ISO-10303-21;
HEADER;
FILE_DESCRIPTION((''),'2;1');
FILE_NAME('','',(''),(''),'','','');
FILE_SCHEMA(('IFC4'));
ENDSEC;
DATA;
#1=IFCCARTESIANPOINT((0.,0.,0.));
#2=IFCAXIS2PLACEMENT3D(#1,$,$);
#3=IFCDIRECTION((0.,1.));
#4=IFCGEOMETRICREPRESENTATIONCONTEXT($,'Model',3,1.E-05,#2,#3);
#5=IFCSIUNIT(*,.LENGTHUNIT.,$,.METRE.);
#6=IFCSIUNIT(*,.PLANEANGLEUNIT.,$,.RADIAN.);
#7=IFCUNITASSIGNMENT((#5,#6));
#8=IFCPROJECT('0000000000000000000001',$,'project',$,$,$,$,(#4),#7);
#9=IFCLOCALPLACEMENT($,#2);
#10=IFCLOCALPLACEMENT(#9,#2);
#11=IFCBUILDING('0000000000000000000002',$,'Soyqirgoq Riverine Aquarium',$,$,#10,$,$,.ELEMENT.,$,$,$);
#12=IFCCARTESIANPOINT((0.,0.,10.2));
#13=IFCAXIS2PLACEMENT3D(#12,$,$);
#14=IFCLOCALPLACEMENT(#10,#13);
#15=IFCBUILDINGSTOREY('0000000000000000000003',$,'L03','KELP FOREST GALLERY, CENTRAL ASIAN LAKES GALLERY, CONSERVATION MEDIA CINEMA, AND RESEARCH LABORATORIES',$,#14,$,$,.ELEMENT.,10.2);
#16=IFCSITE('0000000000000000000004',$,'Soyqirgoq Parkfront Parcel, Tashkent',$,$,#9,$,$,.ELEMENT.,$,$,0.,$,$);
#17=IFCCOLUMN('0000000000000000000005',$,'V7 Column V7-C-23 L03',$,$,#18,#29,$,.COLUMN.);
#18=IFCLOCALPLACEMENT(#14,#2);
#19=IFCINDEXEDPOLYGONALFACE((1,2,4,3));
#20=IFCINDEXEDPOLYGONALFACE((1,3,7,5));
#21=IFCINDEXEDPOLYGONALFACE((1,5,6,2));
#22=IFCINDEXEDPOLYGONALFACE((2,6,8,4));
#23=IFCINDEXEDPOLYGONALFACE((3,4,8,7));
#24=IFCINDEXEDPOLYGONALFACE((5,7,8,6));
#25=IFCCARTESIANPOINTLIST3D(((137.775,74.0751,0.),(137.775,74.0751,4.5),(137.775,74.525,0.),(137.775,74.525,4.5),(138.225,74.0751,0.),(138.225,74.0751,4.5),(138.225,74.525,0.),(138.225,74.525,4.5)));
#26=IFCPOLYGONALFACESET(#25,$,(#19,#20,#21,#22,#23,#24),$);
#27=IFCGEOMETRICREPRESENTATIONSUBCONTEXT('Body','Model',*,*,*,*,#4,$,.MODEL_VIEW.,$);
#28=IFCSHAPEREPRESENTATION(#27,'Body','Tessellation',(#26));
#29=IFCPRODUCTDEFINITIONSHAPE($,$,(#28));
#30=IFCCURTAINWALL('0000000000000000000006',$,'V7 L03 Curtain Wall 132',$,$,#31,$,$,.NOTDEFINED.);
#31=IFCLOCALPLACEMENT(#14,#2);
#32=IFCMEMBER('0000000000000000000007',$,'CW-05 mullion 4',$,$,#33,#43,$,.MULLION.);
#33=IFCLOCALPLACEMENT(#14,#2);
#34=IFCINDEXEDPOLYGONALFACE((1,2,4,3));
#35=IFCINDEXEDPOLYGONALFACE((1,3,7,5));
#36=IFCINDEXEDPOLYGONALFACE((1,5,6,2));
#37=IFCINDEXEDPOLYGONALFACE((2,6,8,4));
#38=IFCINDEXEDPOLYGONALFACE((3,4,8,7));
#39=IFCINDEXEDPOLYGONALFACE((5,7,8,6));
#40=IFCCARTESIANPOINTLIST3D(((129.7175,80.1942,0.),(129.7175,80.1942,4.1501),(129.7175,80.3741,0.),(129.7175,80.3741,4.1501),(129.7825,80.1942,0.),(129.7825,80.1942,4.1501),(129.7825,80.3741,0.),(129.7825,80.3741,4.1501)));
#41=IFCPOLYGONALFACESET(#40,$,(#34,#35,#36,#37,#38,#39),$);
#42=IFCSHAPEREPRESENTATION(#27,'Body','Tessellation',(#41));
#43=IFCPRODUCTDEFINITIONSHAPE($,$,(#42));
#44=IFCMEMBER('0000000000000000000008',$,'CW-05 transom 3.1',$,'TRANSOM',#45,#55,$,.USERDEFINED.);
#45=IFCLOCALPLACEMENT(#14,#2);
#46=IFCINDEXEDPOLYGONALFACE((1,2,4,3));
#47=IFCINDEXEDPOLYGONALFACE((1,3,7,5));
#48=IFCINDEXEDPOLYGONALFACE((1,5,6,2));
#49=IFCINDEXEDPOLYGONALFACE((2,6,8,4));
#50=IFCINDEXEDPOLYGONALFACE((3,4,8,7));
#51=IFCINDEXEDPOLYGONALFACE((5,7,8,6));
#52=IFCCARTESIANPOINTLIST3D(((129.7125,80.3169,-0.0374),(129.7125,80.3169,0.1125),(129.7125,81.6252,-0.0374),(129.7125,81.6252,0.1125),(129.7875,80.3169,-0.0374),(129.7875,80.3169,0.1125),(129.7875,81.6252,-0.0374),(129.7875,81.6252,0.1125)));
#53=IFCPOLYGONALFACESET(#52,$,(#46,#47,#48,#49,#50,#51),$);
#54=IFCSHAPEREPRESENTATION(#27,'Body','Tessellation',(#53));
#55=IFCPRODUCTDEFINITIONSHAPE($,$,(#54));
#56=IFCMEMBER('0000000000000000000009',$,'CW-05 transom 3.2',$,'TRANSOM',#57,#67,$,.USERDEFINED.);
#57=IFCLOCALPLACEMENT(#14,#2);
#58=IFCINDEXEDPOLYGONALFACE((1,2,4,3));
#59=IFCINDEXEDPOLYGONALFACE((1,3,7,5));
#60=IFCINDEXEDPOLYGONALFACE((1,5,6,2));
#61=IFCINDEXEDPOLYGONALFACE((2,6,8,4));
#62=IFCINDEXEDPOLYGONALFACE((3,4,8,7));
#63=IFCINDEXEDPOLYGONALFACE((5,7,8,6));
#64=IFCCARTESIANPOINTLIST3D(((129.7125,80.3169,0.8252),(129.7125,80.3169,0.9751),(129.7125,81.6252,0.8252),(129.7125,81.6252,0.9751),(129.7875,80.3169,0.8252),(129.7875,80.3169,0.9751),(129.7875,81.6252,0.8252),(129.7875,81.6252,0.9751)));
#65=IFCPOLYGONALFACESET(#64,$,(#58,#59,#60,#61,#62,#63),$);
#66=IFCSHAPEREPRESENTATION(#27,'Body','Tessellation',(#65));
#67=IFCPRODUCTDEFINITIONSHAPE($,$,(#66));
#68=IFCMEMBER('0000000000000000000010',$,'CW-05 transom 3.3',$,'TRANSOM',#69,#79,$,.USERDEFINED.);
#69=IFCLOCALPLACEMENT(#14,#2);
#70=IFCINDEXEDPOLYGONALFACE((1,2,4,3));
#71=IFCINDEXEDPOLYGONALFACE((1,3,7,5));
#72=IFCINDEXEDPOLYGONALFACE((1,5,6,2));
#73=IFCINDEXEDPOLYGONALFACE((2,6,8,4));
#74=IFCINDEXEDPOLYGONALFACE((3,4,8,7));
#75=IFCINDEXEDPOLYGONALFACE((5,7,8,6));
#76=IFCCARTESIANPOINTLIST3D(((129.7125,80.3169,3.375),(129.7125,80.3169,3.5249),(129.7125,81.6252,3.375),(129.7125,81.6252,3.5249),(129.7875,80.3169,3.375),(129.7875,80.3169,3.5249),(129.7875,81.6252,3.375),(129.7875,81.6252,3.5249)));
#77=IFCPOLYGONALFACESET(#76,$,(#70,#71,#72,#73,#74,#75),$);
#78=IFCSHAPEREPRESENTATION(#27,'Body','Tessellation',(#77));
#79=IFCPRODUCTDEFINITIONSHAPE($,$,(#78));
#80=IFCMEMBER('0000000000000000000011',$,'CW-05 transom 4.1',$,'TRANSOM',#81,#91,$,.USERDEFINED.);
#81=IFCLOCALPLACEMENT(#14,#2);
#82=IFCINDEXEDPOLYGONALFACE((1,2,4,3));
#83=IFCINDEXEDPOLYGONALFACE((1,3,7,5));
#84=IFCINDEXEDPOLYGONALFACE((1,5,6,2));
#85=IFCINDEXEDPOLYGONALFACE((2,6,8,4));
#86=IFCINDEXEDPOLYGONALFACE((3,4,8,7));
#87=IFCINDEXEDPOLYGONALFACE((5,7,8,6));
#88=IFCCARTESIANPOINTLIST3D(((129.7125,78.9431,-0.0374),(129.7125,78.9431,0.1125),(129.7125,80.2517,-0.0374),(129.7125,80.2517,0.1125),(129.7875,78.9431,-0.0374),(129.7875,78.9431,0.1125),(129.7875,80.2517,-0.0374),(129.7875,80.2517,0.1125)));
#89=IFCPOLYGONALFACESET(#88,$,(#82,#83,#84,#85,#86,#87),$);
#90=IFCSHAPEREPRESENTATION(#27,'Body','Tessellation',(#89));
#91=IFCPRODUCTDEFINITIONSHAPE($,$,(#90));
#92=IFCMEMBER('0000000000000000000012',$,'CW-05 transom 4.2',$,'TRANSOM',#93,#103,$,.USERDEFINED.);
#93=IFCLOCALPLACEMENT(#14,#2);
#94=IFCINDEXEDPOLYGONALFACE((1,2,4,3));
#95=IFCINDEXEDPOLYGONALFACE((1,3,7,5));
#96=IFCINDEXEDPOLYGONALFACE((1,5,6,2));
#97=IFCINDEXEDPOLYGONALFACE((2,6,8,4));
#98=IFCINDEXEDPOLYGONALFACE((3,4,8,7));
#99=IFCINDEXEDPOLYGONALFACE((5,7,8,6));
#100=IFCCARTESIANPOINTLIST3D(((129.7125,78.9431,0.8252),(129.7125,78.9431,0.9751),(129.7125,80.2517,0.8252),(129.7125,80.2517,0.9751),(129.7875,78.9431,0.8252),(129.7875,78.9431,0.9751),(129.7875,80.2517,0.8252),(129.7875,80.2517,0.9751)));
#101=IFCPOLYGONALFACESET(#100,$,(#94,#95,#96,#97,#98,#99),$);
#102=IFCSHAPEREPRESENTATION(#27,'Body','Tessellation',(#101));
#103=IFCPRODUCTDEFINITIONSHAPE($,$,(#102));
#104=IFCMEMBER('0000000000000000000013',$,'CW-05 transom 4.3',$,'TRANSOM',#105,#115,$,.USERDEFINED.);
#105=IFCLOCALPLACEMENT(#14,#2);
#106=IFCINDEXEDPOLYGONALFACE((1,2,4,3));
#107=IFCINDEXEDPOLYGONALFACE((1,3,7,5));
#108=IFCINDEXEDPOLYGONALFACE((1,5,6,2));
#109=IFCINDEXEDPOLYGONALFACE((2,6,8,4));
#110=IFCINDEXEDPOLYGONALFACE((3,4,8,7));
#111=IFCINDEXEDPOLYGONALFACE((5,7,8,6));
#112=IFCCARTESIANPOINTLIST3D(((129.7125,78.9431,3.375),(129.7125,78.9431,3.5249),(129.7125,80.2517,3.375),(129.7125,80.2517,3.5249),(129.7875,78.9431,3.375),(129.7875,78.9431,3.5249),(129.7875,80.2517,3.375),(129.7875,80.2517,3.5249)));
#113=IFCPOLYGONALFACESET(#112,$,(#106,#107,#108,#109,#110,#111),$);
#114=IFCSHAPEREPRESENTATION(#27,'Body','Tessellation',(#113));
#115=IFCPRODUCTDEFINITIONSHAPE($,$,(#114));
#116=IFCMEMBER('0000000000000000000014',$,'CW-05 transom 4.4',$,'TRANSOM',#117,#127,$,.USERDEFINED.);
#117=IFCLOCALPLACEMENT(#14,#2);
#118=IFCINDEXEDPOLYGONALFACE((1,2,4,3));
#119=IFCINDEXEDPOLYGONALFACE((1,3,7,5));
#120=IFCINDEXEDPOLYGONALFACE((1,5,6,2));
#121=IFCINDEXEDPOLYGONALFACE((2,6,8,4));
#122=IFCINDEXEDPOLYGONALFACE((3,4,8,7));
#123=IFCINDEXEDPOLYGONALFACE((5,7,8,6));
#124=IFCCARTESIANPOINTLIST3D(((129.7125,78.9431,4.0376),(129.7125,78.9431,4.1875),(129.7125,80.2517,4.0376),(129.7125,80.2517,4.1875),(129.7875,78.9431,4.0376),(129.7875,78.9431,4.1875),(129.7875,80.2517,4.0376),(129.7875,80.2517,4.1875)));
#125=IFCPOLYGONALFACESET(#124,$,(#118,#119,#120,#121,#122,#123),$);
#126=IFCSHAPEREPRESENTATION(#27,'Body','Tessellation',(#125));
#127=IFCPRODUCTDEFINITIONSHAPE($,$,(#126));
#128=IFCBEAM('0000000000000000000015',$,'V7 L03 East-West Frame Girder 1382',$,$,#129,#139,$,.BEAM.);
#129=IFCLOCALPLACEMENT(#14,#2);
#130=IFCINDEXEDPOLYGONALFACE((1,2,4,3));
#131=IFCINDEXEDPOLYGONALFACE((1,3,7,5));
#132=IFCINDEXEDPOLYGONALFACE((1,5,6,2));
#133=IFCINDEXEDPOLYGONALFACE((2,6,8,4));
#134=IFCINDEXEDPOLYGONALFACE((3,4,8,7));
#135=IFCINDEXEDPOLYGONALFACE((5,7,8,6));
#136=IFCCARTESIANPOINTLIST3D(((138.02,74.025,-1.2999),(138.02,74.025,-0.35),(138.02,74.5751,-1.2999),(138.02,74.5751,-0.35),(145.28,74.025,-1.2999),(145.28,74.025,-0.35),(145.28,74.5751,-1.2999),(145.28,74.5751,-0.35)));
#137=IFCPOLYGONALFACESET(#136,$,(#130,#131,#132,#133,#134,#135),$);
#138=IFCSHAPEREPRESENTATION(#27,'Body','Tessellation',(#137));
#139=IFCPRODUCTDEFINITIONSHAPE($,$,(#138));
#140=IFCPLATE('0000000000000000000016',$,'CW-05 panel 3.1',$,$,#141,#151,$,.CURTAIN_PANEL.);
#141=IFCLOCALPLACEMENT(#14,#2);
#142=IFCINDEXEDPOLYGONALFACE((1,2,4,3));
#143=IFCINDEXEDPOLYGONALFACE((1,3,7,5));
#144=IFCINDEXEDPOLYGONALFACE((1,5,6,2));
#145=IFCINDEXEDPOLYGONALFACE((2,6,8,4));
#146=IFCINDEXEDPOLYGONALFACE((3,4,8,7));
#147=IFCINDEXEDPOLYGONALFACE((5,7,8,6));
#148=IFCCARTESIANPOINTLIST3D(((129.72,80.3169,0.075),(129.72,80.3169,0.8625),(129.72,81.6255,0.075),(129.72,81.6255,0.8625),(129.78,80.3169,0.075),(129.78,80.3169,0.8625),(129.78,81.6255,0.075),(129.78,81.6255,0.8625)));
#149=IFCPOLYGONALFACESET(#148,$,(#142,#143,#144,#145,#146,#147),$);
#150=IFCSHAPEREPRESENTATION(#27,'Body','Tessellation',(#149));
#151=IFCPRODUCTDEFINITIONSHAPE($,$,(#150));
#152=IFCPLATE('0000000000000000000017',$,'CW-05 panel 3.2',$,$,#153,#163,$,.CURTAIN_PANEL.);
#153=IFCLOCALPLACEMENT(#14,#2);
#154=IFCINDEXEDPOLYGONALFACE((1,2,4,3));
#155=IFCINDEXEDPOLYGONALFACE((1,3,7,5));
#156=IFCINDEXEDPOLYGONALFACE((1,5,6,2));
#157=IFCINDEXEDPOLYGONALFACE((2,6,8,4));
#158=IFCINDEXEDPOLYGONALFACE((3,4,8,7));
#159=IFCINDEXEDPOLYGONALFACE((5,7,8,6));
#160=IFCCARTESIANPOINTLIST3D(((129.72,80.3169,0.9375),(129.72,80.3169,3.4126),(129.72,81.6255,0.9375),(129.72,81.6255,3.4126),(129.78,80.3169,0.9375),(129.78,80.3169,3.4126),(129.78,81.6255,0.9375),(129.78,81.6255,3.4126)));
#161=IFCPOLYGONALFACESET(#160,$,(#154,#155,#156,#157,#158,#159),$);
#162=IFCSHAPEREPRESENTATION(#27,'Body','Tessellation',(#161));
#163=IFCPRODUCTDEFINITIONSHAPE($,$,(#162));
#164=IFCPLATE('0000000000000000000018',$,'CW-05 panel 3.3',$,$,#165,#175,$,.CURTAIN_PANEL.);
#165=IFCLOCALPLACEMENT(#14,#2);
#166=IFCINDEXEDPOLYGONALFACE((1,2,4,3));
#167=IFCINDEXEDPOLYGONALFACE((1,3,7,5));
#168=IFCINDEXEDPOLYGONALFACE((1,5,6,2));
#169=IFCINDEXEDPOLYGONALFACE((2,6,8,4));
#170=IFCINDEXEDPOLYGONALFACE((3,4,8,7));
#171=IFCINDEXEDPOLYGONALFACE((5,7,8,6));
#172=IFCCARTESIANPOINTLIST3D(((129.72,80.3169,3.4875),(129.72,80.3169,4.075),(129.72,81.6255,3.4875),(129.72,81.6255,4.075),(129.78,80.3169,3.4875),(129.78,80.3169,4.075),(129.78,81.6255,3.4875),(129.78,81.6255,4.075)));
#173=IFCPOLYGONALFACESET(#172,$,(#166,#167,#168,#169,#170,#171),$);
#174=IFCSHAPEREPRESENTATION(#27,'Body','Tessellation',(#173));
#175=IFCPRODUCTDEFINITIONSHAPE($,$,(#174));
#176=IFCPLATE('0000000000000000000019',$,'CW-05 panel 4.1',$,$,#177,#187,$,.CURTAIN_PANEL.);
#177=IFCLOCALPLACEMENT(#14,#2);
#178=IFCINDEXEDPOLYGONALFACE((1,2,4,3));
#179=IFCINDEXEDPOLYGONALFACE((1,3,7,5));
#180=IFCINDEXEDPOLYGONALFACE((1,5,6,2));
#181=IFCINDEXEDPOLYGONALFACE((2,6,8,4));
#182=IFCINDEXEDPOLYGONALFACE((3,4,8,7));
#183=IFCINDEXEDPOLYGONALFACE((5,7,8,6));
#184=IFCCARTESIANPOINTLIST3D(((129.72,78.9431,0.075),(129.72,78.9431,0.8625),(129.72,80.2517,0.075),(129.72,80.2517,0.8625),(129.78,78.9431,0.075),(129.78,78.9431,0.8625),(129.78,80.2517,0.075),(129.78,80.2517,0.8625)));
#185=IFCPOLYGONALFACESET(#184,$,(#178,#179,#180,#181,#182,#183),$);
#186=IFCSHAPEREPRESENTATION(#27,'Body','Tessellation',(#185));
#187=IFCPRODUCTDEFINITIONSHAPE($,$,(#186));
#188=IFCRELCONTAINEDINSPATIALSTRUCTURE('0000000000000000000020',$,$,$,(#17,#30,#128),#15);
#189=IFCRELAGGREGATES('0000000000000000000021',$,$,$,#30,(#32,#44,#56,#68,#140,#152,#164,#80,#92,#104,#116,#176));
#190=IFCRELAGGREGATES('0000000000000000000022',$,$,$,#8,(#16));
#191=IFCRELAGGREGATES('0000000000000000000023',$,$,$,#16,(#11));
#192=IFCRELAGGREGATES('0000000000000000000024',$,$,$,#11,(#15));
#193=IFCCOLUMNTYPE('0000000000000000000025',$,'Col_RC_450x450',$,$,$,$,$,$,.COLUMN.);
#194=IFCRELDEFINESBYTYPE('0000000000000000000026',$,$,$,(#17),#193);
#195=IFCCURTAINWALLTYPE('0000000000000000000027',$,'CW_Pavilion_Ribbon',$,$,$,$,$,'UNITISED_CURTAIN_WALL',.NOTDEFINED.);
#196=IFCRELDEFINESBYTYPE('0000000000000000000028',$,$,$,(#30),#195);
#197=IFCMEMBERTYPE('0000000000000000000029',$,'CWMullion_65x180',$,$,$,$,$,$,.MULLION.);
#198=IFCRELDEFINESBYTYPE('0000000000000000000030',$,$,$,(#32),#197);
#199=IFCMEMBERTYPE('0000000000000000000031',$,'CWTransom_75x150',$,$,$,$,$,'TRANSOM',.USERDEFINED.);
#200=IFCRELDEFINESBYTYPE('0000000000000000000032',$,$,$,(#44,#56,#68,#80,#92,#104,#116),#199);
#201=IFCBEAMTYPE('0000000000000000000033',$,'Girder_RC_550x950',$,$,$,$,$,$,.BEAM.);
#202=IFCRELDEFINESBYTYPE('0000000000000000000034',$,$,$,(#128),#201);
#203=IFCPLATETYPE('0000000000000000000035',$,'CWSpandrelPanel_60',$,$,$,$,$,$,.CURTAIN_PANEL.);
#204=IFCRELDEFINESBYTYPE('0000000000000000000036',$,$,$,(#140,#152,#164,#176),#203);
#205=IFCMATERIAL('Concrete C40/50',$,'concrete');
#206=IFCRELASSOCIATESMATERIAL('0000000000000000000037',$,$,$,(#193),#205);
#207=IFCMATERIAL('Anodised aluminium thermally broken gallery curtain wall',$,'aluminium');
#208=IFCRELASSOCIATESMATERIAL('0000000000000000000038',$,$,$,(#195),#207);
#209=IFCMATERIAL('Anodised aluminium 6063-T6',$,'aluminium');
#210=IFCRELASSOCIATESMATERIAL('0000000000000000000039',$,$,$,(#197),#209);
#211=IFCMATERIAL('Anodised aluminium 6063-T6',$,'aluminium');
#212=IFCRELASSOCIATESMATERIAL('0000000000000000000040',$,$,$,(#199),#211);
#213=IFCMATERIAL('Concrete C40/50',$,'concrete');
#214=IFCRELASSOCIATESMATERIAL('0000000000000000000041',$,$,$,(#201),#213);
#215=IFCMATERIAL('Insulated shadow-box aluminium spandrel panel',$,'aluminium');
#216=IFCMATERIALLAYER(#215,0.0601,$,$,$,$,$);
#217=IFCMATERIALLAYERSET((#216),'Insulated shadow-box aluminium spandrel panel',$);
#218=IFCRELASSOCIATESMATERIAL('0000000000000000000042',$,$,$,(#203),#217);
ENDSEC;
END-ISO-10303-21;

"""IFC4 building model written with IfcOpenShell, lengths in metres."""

from ifc_helpers import new_model, si_unit, direction, frame, origin, origin_2d, place, context, subcontext, project, spatial, rectangle, extrude, material, layer, layer_set, material_profile, profile_set, type_object, element, aggregate, save


model = new_model("IFC4")

# Units and contexts
model_context = context("Model", 3, precision=1e-05, world=origin(), true_north=direction((0.0, 1.0)))
body_context = subcontext(model_context, "Body", "Model", "MODEL_VIEW")
ifc_project = project(units=[si_unit("LENGTHUNIT", "METRE"), si_unit("PLANEANGLEUNIT", "RADIAN")], contexts=[model_context])

# Site, building, storey
site_placement = place(None, origin())
site = spatial("IfcSite", under=ifc_project, at=site_placement, Name="Soyqirgoq Parkfront Parcel, Tashkent", CompositionType="ELEMENT", RefElevation=0.0)
building_placement = place(site_placement, origin())
building = spatial("IfcBuilding", under=site, at=building_placement, Name="Soyqirgoq Riverine Aquarium", CompositionType="ELEMENT")
storey_placement = place(building_placement, frame((0.0, 0.0, 10.2)))
storey = spatial("IfcBuildingStorey", under=building, at=storey_placement, Name="L03", Description="KELP FOREST GALLERY, CENTRAL ASIAN LAKES GALLERY, CONSERVATION MEDIA CINEMA, AND RESEARCH LABORATORIES", CompositionType="ELEMENT", Elevation=10.2)

# Column
ifc_material_1 = material(Name="Concrete C40/50", Category="concrete")
ifc_material_profile_1 = material_profile(ifc_material_1, rectangle(XDim=0.45, YDim=0.45, at=origin_2d()), Name="RC 450x450")
ifc_profile_set_1 = profile_set([ifc_material_profile_1], Name="Concrete C40/50")
column_type = type_object("IfcColumnType", Name="Col_RC_450x450", PredefinedType="COLUMN", material=ifc_profile_set_1)
column_placement = place(storey_placement, frame((138.0, 74.3, 0.0), z_axis=(0.0, 0.0, 1.0), x_axis=(1.0, 0.0, 0.0)))
element("IfcColumn", 1, at=column_placement, inside=storey, type_object=column_type, Name="V7 Column V7-C-23 L03", PredefinedType="COLUMN", context=body_context, shape_type="SweptSolid", body=[
    extrude(rectangle(XDim=0.45, YDim=0.45, at=origin_2d()), origin(), (0.0, 0.0, 1.0), 4.5),
])

# Curtain wall, members
ifc_material_2 = material(Name="Anodised aluminium thermally broken gallery curtain wall", Category="aluminium")
curtain_wall_type = type_object("IfcCurtainWallType", Name="CW_Pavilion_Ribbon", ElementType="UNITISED_CURTAIN_WALL", PredefinedType="NOTDEFINED", material=ifc_material_2)
curtain_wall_placement = place(storey_placement, origin())
curtain_wall = element("IfcCurtainWall", 2, at=curtain_wall_placement, inside=storey, type_object=curtain_wall_type, Name="V7 L03 Curtain Wall 132", PredefinedType="NOTDEFINED")
ifc_material_3 = material(Name="Anodised aluminium 6063-T6", Category="aluminium")
ifc_material_profile_2 = material_profile(ifc_material_3, rectangle(XDim=0.0649, YDim=0.1799, at=origin_2d()), Name="ALU-M 65x180")
ifc_profile_set_2 = profile_set([ifc_material_profile_2], Name="Anodised aluminium 6063-T6")
member_type_1 = type_object("IfcMemberType", Name="CWMullion_65x180", PredefinedType="MULLION", material=ifc_profile_set_2)
member_1_placement = place(storey_placement, frame((129.75, 80.2842, 0.0), z_axis=(0.0, 0.0, 1.0), x_axis=(1.0, 0.0, 0.0)))
member_1 = element("IfcMember", 3, at=member_1_placement, type_object=member_type_1, Name="CW-05 mullion 4", PredefinedType="MULLION", context=body_context, shape_type="SweptSolid", body=[
    extrude(rectangle(XDim=0.0649, YDim=0.1799, at=origin_2d()), origin(), (0.0, 0.0, 1.0), 4.1501),
])
ifc_material_4 = material(Name="Anodised aluminium 6063-T6", Category="aluminium")
ifc_material_profile_3 = material_profile(ifc_material_4, rectangle(XDim=0.075, YDim=0.1499, at=origin_2d()), Name="ALU-T 75x150")
ifc_profile_set_3 = profile_set([ifc_material_profile_3], Name="Anodised aluminium 6063-T6")
member_type_2 = type_object("IfcMemberType", Name="CWTransom_75x150", ElementType="TRANSOM", PredefinedType="USERDEFINED", material=ifc_profile_set_3)
member_2_placement = place(storey_placement, frame((129.75, 81.6252, 0.0376), z_axis=(0.0, -1.0, 0.0), x_axis=(1.0, 0.0, 0.0)))
member_2 = element("IfcMember", 4, at=member_2_placement, type_object=member_type_2, Name="CW-05 transom 3.1", ObjectType="TRANSOM", PredefinedType="USERDEFINED", context=body_context, shape_type="SweptSolid", body=[
    extrude(rectangle(XDim=0.075, YDim=0.1499, at=origin_2d()), origin(), (0.0, 0.0, 1.0), 1.3083),
])
member_3_placement = place(storey_placement, frame((129.75, 81.6252, 0.9001), z_axis=(0.0, -1.0, 0.0), x_axis=(1.0, 0.0, 0.0)))
member_3 = element("IfcMember", 5, at=member_3_placement, type_object=member_type_2, Name="CW-05 transom 3.2", ObjectType="TRANSOM", PredefinedType="USERDEFINED", context=body_context, shape_type="SweptSolid", body=[
    extrude(rectangle(XDim=0.075, YDim=0.1499, at=origin_2d()), origin(), (0.0, 0.0, 1.0), 1.3083),
])
member_4_placement = place(storey_placement, frame((129.75, 81.6252, 3.45), z_axis=(0.0, -1.0, 0.0), x_axis=(1.0, 0.0, 0.0)))
member_4 = element("IfcMember", 6, at=member_4_placement, type_object=member_type_2, Name="CW-05 transom 3.3", ObjectType="TRANSOM", PredefinedType="USERDEFINED", context=body_context, shape_type="SweptSolid", body=[
    extrude(rectangle(XDim=0.075, YDim=0.1499, at=origin_2d()), origin(), (0.0, 0.0, 1.0), 1.3083),
])
member_5_placement = place(storey_placement, frame((129.75, 80.2517, 0.0376), z_axis=(0.0, -1.0, 0.0), x_axis=(1.0, 0.0, 0.0)))
member_5 = element("IfcMember", 7, at=member_5_placement, type_object=member_type_2, Name="CW-05 transom 4.1", ObjectType="TRANSOM", PredefinedType="USERDEFINED", context=body_context, shape_type="SweptSolid", body=[
    extrude(rectangle(XDim=0.075, YDim=0.1499, at=origin_2d()), origin(), (0.0, 0.0, 1.0), 1.3086),
])
member_6_placement = place(storey_placement, frame((129.75, 80.2517, 0.9001), z_axis=(0.0, -1.0, 0.0), x_axis=(1.0, 0.0, 0.0)))
member_6 = element("IfcMember", 8, at=member_6_placement, type_object=member_type_2, Name="CW-05 transom 4.2", ObjectType="TRANSOM", PredefinedType="USERDEFINED", context=body_context, shape_type="SweptSolid", body=[
    extrude(rectangle(XDim=0.075, YDim=0.1499, at=origin_2d()), origin(), (0.0, 0.0, 1.0), 1.3086),
])
member_7_placement = place(storey_placement, frame((129.75, 80.2517, 3.45), z_axis=(0.0, -1.0, 0.0), x_axis=(1.0, 0.0, 0.0)))
member_7 = element("IfcMember", 9, at=member_7_placement, type_object=member_type_2, Name="CW-05 transom 4.3", ObjectType="TRANSOM", PredefinedType="USERDEFINED", context=body_context, shape_type="SweptSolid", body=[
    extrude(rectangle(XDim=0.075, YDim=0.1499, at=origin_2d()), origin(), (0.0, 0.0, 1.0), 1.3086),
])
member_8_placement = place(storey_placement, frame((129.75, 80.2517, 4.1125), z_axis=(0.0, -1.0, 0.0), x_axis=(1.0, 0.0, 0.0)))
member_8 = element("IfcMember", 10, at=member_8_placement, type_object=member_type_2, Name="CW-05 transom 4.4", ObjectType="TRANSOM", PredefinedType="USERDEFINED", context=body_context, shape_type="SweptSolid", body=[
    extrude(rectangle(XDim=0.075, YDim=0.1499, at=origin_2d()), origin(), (0.0, 0.0, 1.0), 1.3086),
])

# Beam
ifc_material_5 = material(Name="Concrete C40/50", Category="concrete")
ifc_material_profile_4 = material_profile(ifc_material_5, rectangle(XDim=0.55, YDim=0.95, at=origin_2d()), Name="RC 550x950")
ifc_profile_set_4 = profile_set([ifc_material_profile_4], Name="Concrete C40/50")
beam_type = type_object("IfcBeamType", Name="Girder_RC_550x950", PredefinedType="BEAM", material=ifc_profile_set_4)
beam_placement = place(storey_placement, frame((138.02, 74.3, -0.825), z_axis=(1.0, 0.0, 0.0), x_axis=(0.0, 1.0, 0.0)))
element("IfcBeam", 11, at=beam_placement, inside=storey, type_object=beam_type, Name="V7 L03 East-West Frame Girder 1382", PredefinedType="BEAM", context=body_context, shape_type="SweptSolid", body=[
    extrude(rectangle(XDim=0.55, YDim=0.95, at=origin_2d()), origin(), (0.0, 0.0, 1.0), 7.26),
])

# Plates
ifc_material_6 = material(Name="Insulated shadow-box aluminium spandrel panel", Category="aluminium")
ifc_layer_1 = layer(ifc_material_6, 0.0601)
ifc_layer_set_1 = layer_set([ifc_layer_1], Name="Insulated shadow-box aluminium spandrel panel")
plate_type = type_object("IfcPlateType", Name="CWSpandrelPanel_60", PredefinedType="CURTAIN_PANEL", material=ifc_layer_set_1)
plate_1_placement = place(storey_placement, frame((129.75, 80.9712, 0.075), z_axis=(0.0, 0.0, 1.0), x_axis=(0.0, -1.0, 0.0)))
plate_1 = element("IfcPlate", 12, at=plate_1_placement, type_object=plate_type, Name="CW-05 panel 3.1", PredefinedType="CURTAIN_PANEL", context=body_context, shape_type="SweptSolid", body=[
    extrude(rectangle(XDim=1.3086, YDim=0.0601, at=origin_2d()), origin(), (0.0, 0.0, 1.0), 0.7876),
])
plate_2_placement = place(storey_placement, frame((129.75, 80.9712, 0.9375), z_axis=(0.0, 0.0, 1.0), x_axis=(0.0, -1.0, 0.0)))
plate_2 = element("IfcPlate", 13, at=plate_2_placement, type_object=plate_type, Name="CW-05 panel 3.2", PredefinedType="CURTAIN_PANEL", context=body_context, shape_type="SweptSolid", body=[
    extrude(rectangle(XDim=1.3086, YDim=0.0601, at=origin_2d()), origin(), (0.0, 0.0, 1.0), 2.4751),
])
plate_3_placement = place(storey_placement, frame((129.75, 80.9712, 3.4875), z_axis=(0.0, 0.0, 1.0), x_axis=(0.0, -1.0, 0.0)))
plate_3 = element("IfcPlate", 14, at=plate_3_placement, type_object=plate_type, Name="CW-05 panel 3.3", PredefinedType="CURTAIN_PANEL", context=body_context, shape_type="SweptSolid", body=[
    extrude(rectangle(XDim=1.3086, YDim=0.0601, at=origin_2d()), origin(), (0.0, 0.0, 1.0), 0.5874),
])
plate_4_placement = place(storey_placement, frame((129.75, 79.5974, 0.075), z_axis=(0.0, 0.0, 1.0), x_axis=(0.0, -1.0, 0.0)))
plate_4 = element("IfcPlate", 15, at=plate_4_placement, type_object=plate_type, Name="CW-05 panel 4.1", PredefinedType="CURTAIN_PANEL", context=body_context, shape_type="SweptSolid", body=[
    extrude(rectangle(XDim=1.3086, YDim=0.0601, at=origin_2d()), origin(), (0.0, 0.0, 1.0), 0.7876),
])
aggregate(curtain_wall, [member_1, member_2, member_3, member_4, plate_1, plate_2, plate_3, member_5, member_6, member_7, member_8, plate_4])

save(model, "model.ifc")
